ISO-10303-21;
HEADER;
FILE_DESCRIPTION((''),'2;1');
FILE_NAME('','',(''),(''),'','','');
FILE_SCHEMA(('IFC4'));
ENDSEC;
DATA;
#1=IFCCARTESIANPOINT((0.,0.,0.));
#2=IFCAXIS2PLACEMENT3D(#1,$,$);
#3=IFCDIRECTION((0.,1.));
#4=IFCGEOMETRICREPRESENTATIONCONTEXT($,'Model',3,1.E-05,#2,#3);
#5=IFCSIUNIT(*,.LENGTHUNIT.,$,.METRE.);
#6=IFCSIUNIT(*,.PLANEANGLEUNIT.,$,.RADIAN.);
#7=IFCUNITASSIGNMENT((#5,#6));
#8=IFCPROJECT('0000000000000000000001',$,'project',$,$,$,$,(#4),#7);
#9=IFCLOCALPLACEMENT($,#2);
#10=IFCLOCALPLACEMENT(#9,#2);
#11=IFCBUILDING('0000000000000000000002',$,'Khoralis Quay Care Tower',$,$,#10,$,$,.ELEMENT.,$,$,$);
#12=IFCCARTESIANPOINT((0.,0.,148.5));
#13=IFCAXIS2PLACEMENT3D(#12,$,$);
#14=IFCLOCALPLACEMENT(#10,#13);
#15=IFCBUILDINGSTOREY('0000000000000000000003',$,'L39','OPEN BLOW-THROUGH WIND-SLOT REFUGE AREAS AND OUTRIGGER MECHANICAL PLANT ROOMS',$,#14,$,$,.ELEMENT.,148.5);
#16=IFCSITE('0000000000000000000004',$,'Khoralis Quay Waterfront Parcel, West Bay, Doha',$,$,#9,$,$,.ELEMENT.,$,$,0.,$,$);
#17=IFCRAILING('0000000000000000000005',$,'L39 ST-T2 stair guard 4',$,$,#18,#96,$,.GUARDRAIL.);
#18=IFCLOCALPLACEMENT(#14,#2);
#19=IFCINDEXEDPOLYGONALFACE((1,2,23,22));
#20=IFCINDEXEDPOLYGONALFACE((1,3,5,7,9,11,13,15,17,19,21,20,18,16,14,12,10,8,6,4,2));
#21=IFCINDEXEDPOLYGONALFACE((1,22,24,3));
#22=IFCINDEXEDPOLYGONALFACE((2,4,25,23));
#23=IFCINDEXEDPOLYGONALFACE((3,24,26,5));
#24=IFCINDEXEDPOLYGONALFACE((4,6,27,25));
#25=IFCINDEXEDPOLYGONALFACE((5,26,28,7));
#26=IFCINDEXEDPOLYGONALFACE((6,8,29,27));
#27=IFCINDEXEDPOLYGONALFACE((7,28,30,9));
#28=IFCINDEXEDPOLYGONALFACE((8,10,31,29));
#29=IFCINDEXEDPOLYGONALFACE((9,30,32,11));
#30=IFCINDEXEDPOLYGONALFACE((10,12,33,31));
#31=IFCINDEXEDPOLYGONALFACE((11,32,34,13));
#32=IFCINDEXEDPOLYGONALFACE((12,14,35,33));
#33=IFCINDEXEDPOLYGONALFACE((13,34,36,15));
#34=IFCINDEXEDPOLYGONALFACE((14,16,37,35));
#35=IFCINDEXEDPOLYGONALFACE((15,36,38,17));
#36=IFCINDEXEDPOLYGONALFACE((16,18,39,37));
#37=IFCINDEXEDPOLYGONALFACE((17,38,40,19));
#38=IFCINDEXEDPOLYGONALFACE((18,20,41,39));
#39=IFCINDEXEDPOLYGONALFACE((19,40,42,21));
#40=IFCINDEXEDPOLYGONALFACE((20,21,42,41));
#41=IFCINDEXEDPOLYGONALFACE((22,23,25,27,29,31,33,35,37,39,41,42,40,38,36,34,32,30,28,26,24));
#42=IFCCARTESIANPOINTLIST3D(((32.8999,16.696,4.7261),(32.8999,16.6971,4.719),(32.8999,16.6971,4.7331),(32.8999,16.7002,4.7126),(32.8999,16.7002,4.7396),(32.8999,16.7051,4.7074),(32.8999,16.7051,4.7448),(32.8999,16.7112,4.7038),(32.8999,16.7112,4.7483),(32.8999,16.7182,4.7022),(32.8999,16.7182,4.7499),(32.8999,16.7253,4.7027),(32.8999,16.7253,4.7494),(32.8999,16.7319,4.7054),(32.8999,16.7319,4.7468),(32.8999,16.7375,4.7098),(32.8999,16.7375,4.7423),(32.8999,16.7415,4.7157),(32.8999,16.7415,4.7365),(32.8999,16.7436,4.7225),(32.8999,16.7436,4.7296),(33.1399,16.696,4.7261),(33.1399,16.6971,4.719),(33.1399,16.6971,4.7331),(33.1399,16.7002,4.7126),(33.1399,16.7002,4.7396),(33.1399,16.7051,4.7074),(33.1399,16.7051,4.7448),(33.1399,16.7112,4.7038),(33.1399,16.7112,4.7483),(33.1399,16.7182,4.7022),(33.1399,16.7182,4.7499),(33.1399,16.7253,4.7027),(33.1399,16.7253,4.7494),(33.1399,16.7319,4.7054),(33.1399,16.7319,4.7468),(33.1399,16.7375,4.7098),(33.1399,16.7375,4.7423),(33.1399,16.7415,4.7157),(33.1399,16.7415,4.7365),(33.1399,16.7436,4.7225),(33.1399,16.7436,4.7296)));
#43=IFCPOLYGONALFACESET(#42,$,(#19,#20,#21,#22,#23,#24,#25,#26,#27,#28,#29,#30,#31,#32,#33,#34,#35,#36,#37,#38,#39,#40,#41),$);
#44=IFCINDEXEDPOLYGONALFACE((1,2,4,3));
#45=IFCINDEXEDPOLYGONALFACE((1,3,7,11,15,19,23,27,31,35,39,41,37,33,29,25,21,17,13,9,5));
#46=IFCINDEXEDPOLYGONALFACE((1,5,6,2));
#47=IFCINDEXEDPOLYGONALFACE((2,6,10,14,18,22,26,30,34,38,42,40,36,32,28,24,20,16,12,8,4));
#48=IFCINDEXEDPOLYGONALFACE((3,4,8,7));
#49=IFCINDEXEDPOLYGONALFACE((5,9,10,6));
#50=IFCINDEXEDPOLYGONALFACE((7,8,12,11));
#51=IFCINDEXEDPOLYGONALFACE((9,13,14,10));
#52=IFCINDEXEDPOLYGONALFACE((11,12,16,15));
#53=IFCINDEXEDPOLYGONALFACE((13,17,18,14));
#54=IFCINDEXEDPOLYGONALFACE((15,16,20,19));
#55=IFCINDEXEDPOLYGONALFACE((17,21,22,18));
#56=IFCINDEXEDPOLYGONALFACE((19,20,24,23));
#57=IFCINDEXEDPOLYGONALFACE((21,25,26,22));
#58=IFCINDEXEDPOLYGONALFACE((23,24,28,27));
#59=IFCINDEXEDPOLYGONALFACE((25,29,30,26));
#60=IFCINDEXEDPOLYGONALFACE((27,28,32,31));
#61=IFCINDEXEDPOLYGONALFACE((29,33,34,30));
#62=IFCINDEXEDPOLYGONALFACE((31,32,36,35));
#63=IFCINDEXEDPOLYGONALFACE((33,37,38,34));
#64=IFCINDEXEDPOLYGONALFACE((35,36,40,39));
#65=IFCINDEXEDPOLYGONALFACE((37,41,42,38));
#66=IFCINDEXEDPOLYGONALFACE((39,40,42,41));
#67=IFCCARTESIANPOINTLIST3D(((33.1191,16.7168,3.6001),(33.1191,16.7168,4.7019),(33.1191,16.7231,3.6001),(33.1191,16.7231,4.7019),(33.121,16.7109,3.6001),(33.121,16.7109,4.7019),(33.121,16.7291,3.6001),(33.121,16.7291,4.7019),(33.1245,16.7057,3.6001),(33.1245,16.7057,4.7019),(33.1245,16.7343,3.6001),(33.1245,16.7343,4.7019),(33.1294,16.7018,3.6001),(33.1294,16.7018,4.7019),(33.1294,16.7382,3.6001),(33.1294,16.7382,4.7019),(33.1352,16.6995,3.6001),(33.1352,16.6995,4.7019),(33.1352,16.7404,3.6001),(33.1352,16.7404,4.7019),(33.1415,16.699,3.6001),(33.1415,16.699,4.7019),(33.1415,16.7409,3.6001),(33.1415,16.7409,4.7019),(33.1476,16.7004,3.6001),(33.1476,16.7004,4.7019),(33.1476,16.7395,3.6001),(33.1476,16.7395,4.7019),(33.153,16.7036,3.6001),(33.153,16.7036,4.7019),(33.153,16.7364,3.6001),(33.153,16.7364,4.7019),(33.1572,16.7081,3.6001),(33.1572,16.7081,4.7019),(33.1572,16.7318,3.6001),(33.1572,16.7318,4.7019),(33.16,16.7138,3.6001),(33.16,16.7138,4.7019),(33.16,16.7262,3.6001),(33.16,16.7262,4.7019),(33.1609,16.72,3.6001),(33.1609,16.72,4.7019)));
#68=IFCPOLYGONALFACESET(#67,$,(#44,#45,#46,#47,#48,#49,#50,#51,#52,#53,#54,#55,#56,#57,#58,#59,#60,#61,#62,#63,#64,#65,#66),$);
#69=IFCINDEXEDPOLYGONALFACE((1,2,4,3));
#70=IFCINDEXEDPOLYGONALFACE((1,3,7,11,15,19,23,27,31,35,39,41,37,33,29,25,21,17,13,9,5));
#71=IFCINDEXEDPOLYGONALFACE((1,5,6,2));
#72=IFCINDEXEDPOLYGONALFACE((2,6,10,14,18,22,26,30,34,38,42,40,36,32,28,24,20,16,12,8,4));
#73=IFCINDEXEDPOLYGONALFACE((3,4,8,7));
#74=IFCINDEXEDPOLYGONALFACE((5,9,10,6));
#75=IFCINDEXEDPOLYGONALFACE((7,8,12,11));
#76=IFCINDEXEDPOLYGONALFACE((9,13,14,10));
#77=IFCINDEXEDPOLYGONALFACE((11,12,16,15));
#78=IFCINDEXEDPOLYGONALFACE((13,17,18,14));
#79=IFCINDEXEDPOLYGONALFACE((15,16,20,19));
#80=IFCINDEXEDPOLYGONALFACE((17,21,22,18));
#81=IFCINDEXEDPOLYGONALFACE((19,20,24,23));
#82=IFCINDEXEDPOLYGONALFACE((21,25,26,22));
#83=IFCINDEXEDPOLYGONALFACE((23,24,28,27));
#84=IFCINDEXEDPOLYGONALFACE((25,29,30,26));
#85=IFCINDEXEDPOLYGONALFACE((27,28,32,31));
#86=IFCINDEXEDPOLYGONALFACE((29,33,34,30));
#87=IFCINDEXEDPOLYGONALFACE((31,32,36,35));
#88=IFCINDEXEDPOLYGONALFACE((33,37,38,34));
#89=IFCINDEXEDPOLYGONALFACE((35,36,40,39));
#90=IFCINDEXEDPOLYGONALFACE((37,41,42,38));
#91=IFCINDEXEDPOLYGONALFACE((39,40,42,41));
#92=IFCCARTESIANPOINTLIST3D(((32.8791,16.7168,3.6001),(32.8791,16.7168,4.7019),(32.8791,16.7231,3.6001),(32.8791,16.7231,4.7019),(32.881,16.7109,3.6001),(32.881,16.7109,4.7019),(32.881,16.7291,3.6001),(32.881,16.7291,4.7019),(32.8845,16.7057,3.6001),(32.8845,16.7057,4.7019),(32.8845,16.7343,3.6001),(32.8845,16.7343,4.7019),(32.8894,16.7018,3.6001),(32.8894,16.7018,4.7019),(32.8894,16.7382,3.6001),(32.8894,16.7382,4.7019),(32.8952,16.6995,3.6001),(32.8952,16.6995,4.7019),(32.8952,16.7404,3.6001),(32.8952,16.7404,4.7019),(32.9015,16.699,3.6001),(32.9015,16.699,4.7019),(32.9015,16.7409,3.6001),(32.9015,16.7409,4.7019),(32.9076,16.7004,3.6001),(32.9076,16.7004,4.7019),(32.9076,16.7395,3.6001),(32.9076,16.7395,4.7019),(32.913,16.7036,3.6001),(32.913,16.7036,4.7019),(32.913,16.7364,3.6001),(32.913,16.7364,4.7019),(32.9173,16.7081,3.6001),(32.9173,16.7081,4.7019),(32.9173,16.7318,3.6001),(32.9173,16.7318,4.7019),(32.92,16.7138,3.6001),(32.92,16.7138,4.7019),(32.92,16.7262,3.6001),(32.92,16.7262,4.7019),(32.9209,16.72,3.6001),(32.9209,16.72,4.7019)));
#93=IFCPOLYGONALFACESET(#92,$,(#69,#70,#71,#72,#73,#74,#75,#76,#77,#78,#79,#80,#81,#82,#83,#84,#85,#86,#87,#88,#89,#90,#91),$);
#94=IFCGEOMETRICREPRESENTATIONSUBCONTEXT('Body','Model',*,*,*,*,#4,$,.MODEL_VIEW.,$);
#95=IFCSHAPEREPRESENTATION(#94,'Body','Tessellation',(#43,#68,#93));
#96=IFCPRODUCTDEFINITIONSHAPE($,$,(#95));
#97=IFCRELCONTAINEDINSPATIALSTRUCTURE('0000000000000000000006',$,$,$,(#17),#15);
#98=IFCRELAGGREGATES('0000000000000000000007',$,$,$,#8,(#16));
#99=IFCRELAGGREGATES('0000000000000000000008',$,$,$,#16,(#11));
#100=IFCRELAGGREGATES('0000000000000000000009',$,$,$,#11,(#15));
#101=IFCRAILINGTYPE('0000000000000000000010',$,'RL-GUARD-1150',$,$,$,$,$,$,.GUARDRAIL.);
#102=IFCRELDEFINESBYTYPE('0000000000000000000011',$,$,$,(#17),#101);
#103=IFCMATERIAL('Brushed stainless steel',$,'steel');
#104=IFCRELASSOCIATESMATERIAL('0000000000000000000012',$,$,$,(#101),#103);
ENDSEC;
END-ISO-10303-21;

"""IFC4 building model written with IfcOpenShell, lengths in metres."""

from ifc_helpers import new_model, si_unit, direction, frame, origin, origin_2d, place, context, subcontext, project, spatial, circle, extrude, material, type_object, element, save


model = new_model("IFC4")

# Units and contexts
model_context = context("Model", 3, precision=1e-05, world=origin(), true_north=direction((0.0, 1.0)))
body_context = subcontext(model_context, "Body", "Model", "MODEL_VIEW")
ifc_project = project(units=[si_unit("LENGTHUNIT", "METRE"), si_unit("PLANEANGLEUNIT", "RADIAN")], contexts=[model_context])

# Site, building, storey
site_placement = place(None, origin())
site = spatial("IfcSite", under=ifc_project, at=site_placement, Name="Khoralis Quay Waterfront Parcel, West Bay, Doha", CompositionType="ELEMENT", RefElevation=0.0)
building_placement = place(site_placement, origin())
building = spatial("IfcBuilding", under=site, at=building_placement, Name="Khoralis Quay Care Tower", CompositionType="ELEMENT")
storey_placement = place(building_placement, frame((0.0, 0.0, 148.5)))
storey = spatial("IfcBuildingStorey", under=building, at=storey_placement, Name="L39", Description="OPEN BLOW-THROUGH WIND-SLOT REFUGE AREAS AND OUTRIGGER MECHANICAL PLANT ROOMS", CompositionType="ELEMENT", Elevation=148.5)

# Shared definitions
ifc_material_1 = material(Name="Brushed stainless steel", Category="steel")

# Railing
railing_type_1 = type_object("IfcRailingType", Name="RL-GUARD-1150", PredefinedType="GUARDRAIL", material=ifc_material_1)
railing_1_placement = place(storey_placement, frame((33.1399, 16.72, 3.6001)))
element("IfcRailing", 1, at=railing_1_placement, inside=storey, type_object=railing_type_1, Name="L39 ST-T2 stair guard 4", PredefinedType="GUARDRAIL", context=body_context, shape_type="SweptSolid", body=[
    extrude(circle(Radius=0.0239, at=origin_2d()), frame((0.0, 0.0, 1.126), z_axis=(-1.0, 0.0, 0.0), x_axis=(0.0, -1.0, 0.0)), (0.0, 0.0, 1.0), 0.24),
    extrude(circle(Radius=0.021, at=origin_2d()), origin(), (0.0, 0.0, 1.0), 1.1018),
    extrude(circle(Radius=0.021, at=origin_2d()), frame((-0.24, 0.0, 0.0)), (0.0, 0.0, 1.0), 1.1018),
])

save(model, "model.ifc")
